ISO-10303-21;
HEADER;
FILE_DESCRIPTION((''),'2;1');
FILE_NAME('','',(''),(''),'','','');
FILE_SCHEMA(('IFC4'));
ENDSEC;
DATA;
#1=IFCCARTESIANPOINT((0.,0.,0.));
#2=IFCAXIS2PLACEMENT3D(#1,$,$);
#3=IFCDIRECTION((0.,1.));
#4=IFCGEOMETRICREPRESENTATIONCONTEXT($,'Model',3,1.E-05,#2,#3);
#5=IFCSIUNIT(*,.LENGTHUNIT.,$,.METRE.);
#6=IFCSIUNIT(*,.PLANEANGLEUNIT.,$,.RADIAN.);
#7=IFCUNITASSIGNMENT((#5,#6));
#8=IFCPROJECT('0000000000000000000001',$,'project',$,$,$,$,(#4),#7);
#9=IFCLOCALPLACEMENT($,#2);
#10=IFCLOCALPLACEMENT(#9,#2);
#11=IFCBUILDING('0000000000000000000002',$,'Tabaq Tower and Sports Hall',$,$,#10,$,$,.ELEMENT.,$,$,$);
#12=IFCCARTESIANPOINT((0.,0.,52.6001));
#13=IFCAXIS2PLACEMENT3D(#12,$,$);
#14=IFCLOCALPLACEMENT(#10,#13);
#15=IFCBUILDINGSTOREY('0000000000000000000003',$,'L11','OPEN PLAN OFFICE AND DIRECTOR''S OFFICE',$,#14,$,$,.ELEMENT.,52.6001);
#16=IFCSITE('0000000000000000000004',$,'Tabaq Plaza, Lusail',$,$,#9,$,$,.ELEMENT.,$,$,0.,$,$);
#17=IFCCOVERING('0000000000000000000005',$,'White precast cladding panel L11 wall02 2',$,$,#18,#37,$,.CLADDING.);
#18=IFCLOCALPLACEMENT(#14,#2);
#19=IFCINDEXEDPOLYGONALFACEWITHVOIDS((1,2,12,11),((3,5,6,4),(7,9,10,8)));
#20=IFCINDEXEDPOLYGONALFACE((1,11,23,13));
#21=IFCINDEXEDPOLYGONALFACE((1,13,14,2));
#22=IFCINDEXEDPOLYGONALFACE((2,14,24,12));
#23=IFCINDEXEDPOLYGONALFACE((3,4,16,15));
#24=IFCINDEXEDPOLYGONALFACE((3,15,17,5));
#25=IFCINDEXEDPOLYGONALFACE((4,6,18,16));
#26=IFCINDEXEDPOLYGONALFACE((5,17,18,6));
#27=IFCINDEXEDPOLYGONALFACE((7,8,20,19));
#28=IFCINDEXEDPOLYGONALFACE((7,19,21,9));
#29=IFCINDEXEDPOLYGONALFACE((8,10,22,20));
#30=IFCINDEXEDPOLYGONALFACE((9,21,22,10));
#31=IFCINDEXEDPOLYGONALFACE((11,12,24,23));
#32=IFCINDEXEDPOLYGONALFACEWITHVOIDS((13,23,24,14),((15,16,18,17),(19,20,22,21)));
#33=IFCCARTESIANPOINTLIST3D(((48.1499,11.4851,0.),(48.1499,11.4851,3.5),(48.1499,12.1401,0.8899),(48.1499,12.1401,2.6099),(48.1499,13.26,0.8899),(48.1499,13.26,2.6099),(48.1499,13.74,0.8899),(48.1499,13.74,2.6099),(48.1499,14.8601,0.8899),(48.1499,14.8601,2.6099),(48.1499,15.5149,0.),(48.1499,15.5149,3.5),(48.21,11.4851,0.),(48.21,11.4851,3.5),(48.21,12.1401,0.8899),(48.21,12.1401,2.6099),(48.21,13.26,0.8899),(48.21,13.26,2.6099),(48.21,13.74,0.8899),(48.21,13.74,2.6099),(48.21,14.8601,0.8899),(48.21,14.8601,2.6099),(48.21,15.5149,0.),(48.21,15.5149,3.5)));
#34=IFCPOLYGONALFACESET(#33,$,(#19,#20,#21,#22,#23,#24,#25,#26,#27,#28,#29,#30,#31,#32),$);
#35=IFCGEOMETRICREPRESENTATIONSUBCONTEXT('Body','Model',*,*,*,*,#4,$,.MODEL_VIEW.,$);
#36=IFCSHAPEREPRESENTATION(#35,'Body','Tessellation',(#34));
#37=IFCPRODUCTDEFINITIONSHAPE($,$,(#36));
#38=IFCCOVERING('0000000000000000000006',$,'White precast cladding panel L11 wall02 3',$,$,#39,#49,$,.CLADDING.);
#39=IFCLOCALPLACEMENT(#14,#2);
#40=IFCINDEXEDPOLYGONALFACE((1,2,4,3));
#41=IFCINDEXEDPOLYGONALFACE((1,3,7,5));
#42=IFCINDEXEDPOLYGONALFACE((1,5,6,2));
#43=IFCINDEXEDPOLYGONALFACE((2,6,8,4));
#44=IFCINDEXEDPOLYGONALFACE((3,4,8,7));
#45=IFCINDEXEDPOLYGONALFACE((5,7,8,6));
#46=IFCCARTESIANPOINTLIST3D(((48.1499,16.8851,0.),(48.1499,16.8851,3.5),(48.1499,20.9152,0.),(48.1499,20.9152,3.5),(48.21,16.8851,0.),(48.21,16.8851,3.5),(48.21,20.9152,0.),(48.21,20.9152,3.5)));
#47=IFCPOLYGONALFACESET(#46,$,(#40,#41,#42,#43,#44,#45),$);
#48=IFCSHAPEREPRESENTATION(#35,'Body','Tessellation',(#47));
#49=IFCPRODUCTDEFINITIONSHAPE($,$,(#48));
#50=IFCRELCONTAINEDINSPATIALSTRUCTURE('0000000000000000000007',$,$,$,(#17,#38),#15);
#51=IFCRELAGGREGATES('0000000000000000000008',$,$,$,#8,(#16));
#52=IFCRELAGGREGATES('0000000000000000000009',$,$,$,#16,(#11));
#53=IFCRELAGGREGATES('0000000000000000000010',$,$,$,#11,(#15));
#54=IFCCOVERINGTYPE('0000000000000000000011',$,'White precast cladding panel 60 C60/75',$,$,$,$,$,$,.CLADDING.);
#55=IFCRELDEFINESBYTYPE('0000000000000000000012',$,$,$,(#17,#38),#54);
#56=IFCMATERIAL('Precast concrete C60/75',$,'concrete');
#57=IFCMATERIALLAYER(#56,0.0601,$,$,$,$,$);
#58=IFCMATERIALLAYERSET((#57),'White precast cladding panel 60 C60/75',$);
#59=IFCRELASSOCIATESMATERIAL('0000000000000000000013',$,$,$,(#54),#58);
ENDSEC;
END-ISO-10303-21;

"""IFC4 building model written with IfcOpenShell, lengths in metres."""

from ifc_helpers import new_model, si_unit, direction, frame, frame_2d, origin, place, context, subcontext, project, spatial, polyline, rectangle, outline, extrude, material, layer, layer_set, type_object, element, save


model = new_model("IFC4")

# Units and contexts
model_context = context("Model", 3, precision=1e-05, world=origin(), true_north=direction((0.0, 1.0)))
body_context = subcontext(model_context, "Body", "Model", "MODEL_VIEW")
ifc_project = project(units=[si_unit("LENGTHUNIT", "METRE"), si_unit("PLANEANGLEUNIT", "RADIAN")], contexts=[model_context])

# Site, building, storey
site_placement = place(None, origin())
site = spatial("IfcSite", under=ifc_project, at=site_placement, Name="Tabaq Plaza, Lusail", CompositionType="ELEMENT", RefElevation=0.0)
building_placement = place(site_placement, origin())
building = spatial("IfcBuilding", under=site, at=building_placement, Name="Tabaq Tower and Sports Hall", CompositionType="ELEMENT")
storey_placement = place(building_placement, frame((0.0, 0.0, 52.6001)))
storey = spatial("IfcBuildingStorey", under=building, at=storey_placement, Name="L11", Description="OPEN PLAN OFFICE AND DIRECTOR'S OFFICE", CompositionType="ELEMENT", Elevation=52.6001)

# Coverings
ifc_material_1 = material(Name="Precast concrete C60/75", Category="concrete")
ifc_layer_1 = layer(ifc_material_1, 0.0601)
ifc_layer_set_1 = layer_set([ifc_layer_1], Name="White precast cladding panel 60 C60/75")
covering_type_1 = type_object("IfcCoveringType", Name="White precast cladding panel 60 C60/75", PredefinedType="CLADDING", material=ifc_layer_set_1)
covering_1_placement = place(storey_placement, frame((48.1799, 11.4851, 0.0), z_axis=(0.0, 0.0, 1.0), x_axis=(0.0, 1.0, 0.0)))
element("IfcCovering", 1, at=covering_1_placement, inside=storey, type_object=covering_type_1, Name="White precast cladding panel L11 wall02 2", PredefinedType="CLADDING", context=body_context, shape_type="SweptSolid", body=[
    extrude(outline(polyline([(0.0, 0.0), (4.0298, 0.0), (4.0298, 3.5), (0.0, 3.5), (0.0, 0.0)]), holes=[polyline([(0.655, 2.6099), (1.7749, 2.6099), (1.7749, 0.8899), (0.655, 0.8899), (0.655, 2.6099)]), polyline([(2.2549, 2.6099), (3.375, 2.6099), (3.375, 0.8899), (2.2549, 0.8899), (2.2549, 2.6099)])]), frame((0.0, 0.03, 0.0), z_axis=(0.0, -1.0, 0.0), x_axis=(1.0, 0.0, 0.0)), (0.0, 0.0, 1.0), 0.0601),
])
covering_2_placement = place(storey_placement, frame((48.1799, 16.885, 0.0), z_axis=(0.0, 0.0, 1.0), x_axis=(0.0, 1.0, 0.0)))
element("IfcCovering", 2, at=covering_2_placement, inside=storey, type_object=covering_type_1, Name="White precast cladding panel L11 wall02 3", PredefinedType="CLADDING", context=body_context, shape_type="SweptSolid", body=[
    extrude(rectangle(XDim=4.03, YDim=0.0601, at=frame_2d((2.0151, 0.0))), origin(), (0.0, 0.0, 1.0), 3.5),
])

save(model, "model.ifc")
